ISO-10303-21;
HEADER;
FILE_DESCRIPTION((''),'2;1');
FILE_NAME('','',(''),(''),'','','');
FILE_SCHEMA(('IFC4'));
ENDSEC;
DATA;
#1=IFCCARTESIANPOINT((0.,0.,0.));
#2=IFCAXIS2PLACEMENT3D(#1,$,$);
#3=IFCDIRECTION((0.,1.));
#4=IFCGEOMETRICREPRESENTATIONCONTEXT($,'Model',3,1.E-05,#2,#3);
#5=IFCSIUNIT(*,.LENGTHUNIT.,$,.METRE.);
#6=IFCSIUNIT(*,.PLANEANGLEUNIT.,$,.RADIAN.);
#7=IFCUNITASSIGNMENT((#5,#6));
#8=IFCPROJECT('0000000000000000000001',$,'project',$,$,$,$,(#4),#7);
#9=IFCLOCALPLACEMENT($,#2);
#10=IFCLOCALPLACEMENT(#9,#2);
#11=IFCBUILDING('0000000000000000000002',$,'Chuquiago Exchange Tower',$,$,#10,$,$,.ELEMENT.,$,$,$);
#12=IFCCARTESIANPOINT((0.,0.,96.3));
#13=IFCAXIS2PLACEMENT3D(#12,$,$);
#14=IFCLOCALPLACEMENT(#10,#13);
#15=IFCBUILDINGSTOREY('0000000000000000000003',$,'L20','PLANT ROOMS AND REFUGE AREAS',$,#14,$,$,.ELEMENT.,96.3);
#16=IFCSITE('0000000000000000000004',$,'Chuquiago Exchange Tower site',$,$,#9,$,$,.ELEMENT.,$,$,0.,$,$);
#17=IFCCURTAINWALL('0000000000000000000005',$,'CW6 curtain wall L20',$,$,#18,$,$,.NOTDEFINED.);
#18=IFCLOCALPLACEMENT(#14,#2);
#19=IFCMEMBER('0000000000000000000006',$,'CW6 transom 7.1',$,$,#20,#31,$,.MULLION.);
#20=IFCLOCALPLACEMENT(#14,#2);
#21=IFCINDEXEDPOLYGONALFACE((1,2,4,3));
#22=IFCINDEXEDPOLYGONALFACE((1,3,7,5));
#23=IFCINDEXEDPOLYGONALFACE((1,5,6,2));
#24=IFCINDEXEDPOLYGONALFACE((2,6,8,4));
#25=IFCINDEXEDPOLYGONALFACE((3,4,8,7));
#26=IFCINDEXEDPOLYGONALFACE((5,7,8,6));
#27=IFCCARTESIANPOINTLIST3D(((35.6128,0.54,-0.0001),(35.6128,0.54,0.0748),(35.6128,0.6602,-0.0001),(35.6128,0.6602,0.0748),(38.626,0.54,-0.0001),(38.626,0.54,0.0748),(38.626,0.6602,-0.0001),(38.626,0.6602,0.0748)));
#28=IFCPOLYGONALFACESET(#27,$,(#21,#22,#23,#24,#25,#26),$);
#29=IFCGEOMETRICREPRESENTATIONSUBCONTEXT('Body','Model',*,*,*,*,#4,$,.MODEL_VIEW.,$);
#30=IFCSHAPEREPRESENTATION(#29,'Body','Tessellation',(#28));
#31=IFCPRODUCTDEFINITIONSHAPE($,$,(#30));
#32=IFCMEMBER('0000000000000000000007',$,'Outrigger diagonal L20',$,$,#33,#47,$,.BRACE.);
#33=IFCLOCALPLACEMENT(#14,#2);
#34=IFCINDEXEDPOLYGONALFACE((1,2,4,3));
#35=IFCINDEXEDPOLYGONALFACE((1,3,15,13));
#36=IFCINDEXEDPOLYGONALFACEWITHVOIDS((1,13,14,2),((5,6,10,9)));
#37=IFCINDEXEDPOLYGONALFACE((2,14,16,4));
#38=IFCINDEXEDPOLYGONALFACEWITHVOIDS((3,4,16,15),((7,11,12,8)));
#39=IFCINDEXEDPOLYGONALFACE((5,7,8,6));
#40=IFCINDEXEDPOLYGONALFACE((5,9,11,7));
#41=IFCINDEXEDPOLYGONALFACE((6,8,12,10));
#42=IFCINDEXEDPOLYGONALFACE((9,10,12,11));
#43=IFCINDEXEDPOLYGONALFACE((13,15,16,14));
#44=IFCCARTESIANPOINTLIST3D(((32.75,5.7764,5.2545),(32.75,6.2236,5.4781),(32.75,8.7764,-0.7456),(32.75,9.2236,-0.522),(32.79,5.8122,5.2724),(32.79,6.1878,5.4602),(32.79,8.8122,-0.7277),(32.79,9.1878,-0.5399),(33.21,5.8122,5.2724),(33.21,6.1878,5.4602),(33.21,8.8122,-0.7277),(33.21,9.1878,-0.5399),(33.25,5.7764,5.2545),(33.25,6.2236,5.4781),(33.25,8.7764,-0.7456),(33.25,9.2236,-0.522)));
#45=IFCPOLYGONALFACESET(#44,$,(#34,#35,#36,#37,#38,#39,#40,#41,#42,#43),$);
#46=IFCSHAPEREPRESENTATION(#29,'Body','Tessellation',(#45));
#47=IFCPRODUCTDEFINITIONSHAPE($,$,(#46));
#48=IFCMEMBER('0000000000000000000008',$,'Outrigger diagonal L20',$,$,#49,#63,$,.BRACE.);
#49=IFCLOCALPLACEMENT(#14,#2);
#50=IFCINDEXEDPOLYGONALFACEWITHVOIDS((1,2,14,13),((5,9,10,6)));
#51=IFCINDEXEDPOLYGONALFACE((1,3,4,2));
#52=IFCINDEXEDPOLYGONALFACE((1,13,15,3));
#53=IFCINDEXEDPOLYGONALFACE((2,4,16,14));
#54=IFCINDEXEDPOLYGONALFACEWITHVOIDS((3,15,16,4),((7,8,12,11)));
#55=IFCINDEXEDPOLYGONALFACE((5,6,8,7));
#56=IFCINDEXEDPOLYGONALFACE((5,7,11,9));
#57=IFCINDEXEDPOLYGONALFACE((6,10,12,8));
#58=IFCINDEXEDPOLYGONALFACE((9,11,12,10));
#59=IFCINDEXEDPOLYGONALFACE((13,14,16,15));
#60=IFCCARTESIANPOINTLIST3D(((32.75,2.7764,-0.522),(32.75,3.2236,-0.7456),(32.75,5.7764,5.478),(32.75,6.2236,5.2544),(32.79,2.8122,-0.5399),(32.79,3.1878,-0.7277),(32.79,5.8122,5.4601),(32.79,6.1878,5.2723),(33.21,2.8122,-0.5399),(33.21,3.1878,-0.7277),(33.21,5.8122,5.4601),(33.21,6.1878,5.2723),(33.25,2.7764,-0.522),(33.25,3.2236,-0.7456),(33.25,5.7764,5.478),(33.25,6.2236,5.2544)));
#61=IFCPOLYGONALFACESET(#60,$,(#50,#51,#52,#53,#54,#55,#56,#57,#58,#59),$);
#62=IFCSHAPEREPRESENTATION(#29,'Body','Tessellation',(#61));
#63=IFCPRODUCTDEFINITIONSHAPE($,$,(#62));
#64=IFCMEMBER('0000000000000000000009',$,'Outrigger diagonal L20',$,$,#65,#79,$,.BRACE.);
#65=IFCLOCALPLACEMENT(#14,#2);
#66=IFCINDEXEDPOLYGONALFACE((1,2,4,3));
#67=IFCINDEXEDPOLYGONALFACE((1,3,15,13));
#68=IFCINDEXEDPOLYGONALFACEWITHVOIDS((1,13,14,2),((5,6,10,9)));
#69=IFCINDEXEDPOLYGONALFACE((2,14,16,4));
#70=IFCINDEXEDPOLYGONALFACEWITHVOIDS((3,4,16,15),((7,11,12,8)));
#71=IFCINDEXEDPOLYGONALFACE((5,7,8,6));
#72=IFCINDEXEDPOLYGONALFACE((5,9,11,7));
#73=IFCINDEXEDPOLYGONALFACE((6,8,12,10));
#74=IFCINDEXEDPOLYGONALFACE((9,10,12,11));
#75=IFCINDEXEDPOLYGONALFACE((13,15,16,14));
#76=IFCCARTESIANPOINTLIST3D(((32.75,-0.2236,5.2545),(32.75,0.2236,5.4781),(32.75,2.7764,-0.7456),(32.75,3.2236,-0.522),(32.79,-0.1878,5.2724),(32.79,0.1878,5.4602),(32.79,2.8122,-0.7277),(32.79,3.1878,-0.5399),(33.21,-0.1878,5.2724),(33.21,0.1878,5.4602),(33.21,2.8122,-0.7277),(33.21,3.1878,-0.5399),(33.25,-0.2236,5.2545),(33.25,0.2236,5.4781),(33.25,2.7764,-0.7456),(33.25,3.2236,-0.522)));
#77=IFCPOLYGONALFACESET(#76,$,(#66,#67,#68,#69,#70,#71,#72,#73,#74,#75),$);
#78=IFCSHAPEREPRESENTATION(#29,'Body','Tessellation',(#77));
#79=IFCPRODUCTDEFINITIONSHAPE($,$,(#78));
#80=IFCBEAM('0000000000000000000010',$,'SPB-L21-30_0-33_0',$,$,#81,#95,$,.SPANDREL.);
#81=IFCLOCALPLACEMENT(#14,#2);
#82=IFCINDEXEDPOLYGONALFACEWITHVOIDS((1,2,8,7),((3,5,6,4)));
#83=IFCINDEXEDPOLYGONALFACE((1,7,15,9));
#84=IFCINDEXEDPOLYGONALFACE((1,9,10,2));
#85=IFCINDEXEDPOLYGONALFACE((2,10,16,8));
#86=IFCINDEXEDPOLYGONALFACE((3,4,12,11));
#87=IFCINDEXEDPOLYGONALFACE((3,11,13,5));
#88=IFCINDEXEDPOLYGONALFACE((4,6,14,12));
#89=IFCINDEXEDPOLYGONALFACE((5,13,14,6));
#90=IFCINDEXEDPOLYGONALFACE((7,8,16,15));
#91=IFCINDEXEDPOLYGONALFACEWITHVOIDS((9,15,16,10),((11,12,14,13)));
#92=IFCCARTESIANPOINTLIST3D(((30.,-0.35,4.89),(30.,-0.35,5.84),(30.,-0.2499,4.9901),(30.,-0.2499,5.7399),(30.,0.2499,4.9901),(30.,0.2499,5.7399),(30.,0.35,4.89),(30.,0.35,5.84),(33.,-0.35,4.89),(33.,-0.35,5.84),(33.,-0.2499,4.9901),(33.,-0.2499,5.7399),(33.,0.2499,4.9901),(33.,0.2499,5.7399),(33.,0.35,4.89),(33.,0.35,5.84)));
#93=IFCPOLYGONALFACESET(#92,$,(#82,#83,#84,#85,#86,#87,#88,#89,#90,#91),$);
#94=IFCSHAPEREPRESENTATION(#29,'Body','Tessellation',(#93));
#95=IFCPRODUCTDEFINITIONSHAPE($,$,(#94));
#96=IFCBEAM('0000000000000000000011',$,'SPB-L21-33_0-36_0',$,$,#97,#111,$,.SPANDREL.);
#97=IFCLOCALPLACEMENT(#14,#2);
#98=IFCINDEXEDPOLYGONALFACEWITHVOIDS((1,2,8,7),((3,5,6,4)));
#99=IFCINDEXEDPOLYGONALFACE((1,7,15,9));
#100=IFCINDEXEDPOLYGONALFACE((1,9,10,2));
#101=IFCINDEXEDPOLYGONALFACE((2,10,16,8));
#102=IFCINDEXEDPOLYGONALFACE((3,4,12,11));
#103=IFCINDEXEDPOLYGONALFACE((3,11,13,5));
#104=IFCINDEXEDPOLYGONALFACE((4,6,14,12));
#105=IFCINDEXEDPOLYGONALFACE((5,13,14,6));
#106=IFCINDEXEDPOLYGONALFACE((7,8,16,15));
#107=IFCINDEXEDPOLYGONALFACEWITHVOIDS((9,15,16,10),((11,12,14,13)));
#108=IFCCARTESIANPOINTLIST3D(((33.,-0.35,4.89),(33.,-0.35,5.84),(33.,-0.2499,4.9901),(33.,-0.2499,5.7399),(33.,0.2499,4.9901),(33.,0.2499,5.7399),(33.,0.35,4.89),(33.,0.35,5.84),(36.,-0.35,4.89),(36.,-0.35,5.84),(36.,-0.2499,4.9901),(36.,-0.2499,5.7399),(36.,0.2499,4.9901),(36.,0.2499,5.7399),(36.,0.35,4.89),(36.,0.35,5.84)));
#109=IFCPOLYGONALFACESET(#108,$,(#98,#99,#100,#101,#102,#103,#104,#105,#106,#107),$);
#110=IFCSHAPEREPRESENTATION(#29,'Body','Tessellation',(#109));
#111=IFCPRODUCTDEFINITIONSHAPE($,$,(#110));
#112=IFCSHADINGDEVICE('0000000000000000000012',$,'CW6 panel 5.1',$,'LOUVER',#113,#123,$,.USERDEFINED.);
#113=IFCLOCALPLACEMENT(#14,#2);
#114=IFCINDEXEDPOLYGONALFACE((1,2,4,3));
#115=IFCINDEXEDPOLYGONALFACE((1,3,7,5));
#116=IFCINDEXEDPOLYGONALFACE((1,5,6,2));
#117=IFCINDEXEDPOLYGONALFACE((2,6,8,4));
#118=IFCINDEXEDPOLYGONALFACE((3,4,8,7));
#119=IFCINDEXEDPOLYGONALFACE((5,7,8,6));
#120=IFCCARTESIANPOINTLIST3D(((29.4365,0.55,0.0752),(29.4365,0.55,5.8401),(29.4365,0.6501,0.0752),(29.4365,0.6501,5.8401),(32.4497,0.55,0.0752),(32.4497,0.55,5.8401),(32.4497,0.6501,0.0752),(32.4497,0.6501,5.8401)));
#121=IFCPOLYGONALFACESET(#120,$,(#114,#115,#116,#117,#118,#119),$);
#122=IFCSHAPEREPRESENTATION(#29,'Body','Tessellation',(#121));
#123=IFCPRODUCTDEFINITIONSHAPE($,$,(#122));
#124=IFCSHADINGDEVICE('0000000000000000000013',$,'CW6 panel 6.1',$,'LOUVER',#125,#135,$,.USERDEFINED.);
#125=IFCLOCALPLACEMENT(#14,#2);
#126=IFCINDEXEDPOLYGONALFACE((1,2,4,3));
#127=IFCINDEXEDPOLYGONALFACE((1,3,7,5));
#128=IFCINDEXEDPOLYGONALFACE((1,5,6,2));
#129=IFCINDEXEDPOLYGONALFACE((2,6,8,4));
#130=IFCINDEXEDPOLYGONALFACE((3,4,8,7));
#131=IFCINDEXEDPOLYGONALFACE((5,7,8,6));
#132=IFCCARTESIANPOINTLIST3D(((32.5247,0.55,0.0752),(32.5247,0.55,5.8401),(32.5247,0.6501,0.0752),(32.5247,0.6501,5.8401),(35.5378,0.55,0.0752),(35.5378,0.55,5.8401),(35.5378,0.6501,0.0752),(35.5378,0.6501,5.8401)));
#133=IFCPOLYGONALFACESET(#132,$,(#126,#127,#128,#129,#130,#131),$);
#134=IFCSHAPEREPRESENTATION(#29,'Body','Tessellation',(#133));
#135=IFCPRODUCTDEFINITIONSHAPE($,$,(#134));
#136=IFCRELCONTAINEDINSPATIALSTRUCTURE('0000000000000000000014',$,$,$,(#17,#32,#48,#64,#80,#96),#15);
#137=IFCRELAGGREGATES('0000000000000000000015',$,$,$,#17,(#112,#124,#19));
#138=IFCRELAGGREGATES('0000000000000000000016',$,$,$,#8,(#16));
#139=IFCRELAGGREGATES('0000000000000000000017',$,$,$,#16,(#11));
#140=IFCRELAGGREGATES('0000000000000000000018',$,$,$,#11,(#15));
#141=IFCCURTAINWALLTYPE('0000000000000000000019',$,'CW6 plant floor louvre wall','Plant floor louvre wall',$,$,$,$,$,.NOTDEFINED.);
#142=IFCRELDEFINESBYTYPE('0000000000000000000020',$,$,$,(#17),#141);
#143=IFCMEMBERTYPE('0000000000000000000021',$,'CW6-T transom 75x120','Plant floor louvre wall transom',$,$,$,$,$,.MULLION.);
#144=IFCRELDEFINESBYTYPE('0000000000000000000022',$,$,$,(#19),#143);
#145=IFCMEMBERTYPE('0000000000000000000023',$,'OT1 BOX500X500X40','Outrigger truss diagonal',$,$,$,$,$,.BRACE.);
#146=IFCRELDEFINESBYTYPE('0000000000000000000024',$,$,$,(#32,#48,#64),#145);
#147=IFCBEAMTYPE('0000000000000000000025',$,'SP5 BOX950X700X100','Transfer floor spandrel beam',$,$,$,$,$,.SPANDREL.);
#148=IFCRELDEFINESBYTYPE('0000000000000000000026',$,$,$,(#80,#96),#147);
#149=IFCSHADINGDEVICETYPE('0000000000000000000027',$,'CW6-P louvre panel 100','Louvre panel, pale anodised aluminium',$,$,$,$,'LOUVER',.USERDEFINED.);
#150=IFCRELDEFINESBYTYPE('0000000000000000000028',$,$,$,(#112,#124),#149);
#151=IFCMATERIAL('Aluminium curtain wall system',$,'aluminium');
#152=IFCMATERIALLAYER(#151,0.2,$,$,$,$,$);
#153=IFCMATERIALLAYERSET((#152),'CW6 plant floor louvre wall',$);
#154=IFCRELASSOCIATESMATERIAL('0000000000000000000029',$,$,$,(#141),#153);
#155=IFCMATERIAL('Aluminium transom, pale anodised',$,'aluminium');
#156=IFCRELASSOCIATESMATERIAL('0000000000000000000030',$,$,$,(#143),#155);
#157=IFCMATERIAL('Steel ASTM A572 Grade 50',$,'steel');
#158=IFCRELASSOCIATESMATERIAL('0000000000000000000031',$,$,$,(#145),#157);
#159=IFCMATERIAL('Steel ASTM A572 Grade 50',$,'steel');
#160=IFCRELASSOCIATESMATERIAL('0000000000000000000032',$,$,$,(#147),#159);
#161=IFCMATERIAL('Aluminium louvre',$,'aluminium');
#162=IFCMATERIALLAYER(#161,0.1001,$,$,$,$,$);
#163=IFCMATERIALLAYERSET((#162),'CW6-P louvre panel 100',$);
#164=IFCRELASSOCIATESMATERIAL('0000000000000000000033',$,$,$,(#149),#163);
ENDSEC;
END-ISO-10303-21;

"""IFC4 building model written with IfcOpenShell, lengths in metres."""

from ifc_helpers import new_model, si_unit, direction, frame, origin, origin_2d, place, context, subcontext, project, spatial, rectangle, hollow_rectangle, extrude, material, layer, layer_set, material_profile, profile_set, type_object, element, aggregate, save


model = new_model("IFC4")

# Units and contexts
model_context = context("Model", 3, precision=1e-05, world=origin(), true_north=direction((0.0, 1.0)))
body_context = subcontext(model_context, "Body", "Model", "MODEL_VIEW")
ifc_project = project(units=[si_unit("LENGTHUNIT", "METRE"), si_unit("PLANEANGLEUNIT", "RADIAN")], contexts=[model_context])

# Site, building, storey
site_placement = place(None, origin())
site = spatial("IfcSite", under=ifc_project, at=site_placement, Name="Chuquiago Exchange Tower site", CompositionType="ELEMENT", RefElevation=0.0)
building_placement = place(site_placement, origin())
building = spatial("IfcBuilding", under=site, at=building_placement, Name="Chuquiago Exchange Tower", CompositionType="ELEMENT")
storey_placement = place(building_placement, frame((0.0, 0.0, 96.3)))
storey = spatial("IfcBuildingStorey", under=building, at=storey_placement, Name="L20", Description="PLANT ROOMS AND REFUGE AREAS", CompositionType="ELEMENT", Elevation=96.3)

# Curtain wall, member
ifc_material_1 = material(Name="Aluminium curtain wall system", Category="aluminium")
ifc_layer_1 = layer(ifc_material_1, 0.2)
ifc_layer_set_1 = layer_set([ifc_layer_1], Name="CW6 plant floor louvre wall")
curtain_wall_type = type_object("IfcCurtainWallType", Name="CW6 plant floor louvre wall", Description="Plant floor louvre wall", PredefinedType="NOTDEFINED", material=ifc_layer_set_1)
curtain_wall_placement = place(storey_placement, origin())
curtain_wall = element("IfcCurtainWall", 1, at=curtain_wall_placement, inside=storey, type_object=curtain_wall_type, Name="CW6 curtain wall L20", PredefinedType="NOTDEFINED")
ifc_material_2 = material(Name="Aluminium transom, pale anodised", Category="aluminium")
ifc_material_profile_1 = material_profile(ifc_material_2, rectangle(XDim=0.1201, YDim=0.075, at=origin_2d()), Name="AL 120x75")
ifc_profile_set_1 = profile_set([ifc_material_profile_1], Name="Aluminium transom, pale anodised")
member_type_1 = type_object("IfcMemberType", Name="CW6-T transom 75x120", Description="Plant floor louvre wall transom", PredefinedType="MULLION", material=ifc_profile_set_1)
member_1_placement = place(storey_placement, frame((35.6128, 0.6001, 0.0374), z_axis=(1.0, 0.0, 0.0), x_axis=(0.0, 1.0, 0.0)))
member_1 = element("IfcMember", 2, at=member_1_placement, type_object=member_type_1, Name="CW6 transom 7.1", PredefinedType="MULLION", context=body_context, shape_type="SweptSolid", body=[
    extrude(rectangle(XDim=0.1201, YDim=0.075, at=origin_2d()), origin(), (0.0, 0.0, 1.0), 3.0132),
])

# Members
ifc_material_3 = material(Name="Steel ASTM A572 Grade 50", Category="steel")
ifc_material_profile_2 = material_profile(ifc_material_3, hollow_rectangle(XDim=0.5, YDim=0.5, WallThickness=0.04, at=origin_2d()), Name="BOX500X500X40")
ifc_profile_set_2 = profile_set([ifc_material_profile_2], Name="Steel ASTM A572 Grade 50")
member_type_2 = type_object("IfcMemberType", Name="OT1 BOX500X500X40", Description="Outrigger truss diagonal", PredefinedType="BRACE", material=ifc_profile_set_2)
for number, where, z_axis, x_axis, name in (
    (3, (33.0, 9.0, -0.6338), (0.0, -0.447214, 0.894427), (1.0, 0.0, 0.0), "Outrigger diagonal L20"),
    (4, (33.0, 6.0, 5.3662), (0.0, -0.447214, -0.894427), (1.0, 0.0, 0.0), "Outrigger diagonal L20"),
    (5, (33.0, 3.0, -0.6338), (0.0, -0.447214, 0.894427), (1.0, 0.0, 0.0), "Outrigger diagonal L20"),
):
    element("IfcMember", number, at=place(storey_placement, frame(where, z_axis=z_axis, x_axis=x_axis)), inside=storey, type_object=member_type_2, Name=name, PredefinedType="BRACE", context=body_context, shape_type="SweptSolid", body=[
        extrude(hollow_rectangle(XDim=0.5, YDim=0.5, WallThickness=0.04, at=origin_2d()), origin(), (0.0, 0.0, 1.0), 6.7083),
    ])

# Beams
ifc_material_4 = material(Name="Steel ASTM A572 Grade 50", Category="steel")
ifc_material_profile_3 = material_profile(ifc_material_4, hollow_rectangle(XDim=0.7, YDim=0.95, WallThickness=0.1001, at=origin_2d()), Name="BOX950X700X100")
ifc_profile_set_3 = profile_set([ifc_material_profile_3], Name="Steel ASTM A572 Grade 50")
beam_type_1 = type_object("IfcBeamType", Name="SP5 BOX950X700X100", Description="Transfer floor spandrel beam", PredefinedType="SPANDREL", material=ifc_profile_set_3)
for number, where, z_axis, x_axis, name in (
    (6, (30.0, 0.0, 5.365), (1.0, 0.0, 0.0), (0.0, 1.0, 0.0), "SPB-L21-30_0-33_0"),
    (7, (33.0, 0.0, 5.365), (1.0, 0.0, 0.0), (0.0, 1.0, 0.0), "SPB-L21-33_0-36_0"),
):
    element("IfcBeam", number, at=place(storey_placement, frame(where, z_axis=z_axis, x_axis=x_axis)), inside=storey, type_object=beam_type_1, Name=name, PredefinedType="SPANDREL", context=body_context, shape_type="SweptSolid", body=[
        extrude(hollow_rectangle(XDim=0.7, YDim=0.95, WallThickness=0.1001, at=origin_2d()), origin(), (0.0, 0.0, 1.0), 3.0),
    ])

# Shading devices
ifc_material_5 = material(Name="Aluminium louvre", Category="aluminium")
ifc_layer_2 = layer(ifc_material_5, 0.1001)
ifc_layer_set_2 = layer_set([ifc_layer_2], Name="CW6-P louvre panel 100")
shading_device_type = type_object("IfcShadingDeviceType", Name="CW6-P louvre panel 100", Description="Louvre panel, pale anodised aluminium", ElementType="LOUVER", PredefinedType="USERDEFINED", material=ifc_layer_set_2)
shading_device_1_placement = place(storey_placement, frame((30.9431, 0.6001, 0.0752), z_axis=(0.0, 0.0, 1.0), x_axis=(1.0, 0.0, 0.0)))
shading_device_1 = element("IfcShadingDevice", 8, at=shading_device_1_placement, type_object=shading_device_type, Name="CW6 panel 5.1", ObjectType="LOUVER", PredefinedType="USERDEFINED", context=body_context, shape_type="SweptSolid", body=[
    extrude(rectangle(XDim=3.0132, YDim=0.1001, at=origin_2d()), origin(), (0.0, 0.0, 1.0), 5.7649),
])
shading_device_2_placement = place(storey_placement, frame((34.0312, 0.6001, 0.0752), z_axis=(0.0, 0.0, 1.0), x_axis=(1.0, 0.0, 0.0)))
shading_device_2 = element("IfcShadingDevice", 9, at=shading_device_2_placement, type_object=shading_device_type, Name="CW6 panel 6.1", ObjectType="LOUVER", PredefinedType="USERDEFINED", context=body_context, shape_type="SweptSolid", body=[
    extrude(rectangle(XDim=3.0132, YDim=0.1001, at=origin_2d()), origin(), (0.0, 0.0, 1.0), 5.7649),
])
aggregate(curtain_wall, [shading_device_1, shading_device_2, member_1])

save(model, "model.ifc")
